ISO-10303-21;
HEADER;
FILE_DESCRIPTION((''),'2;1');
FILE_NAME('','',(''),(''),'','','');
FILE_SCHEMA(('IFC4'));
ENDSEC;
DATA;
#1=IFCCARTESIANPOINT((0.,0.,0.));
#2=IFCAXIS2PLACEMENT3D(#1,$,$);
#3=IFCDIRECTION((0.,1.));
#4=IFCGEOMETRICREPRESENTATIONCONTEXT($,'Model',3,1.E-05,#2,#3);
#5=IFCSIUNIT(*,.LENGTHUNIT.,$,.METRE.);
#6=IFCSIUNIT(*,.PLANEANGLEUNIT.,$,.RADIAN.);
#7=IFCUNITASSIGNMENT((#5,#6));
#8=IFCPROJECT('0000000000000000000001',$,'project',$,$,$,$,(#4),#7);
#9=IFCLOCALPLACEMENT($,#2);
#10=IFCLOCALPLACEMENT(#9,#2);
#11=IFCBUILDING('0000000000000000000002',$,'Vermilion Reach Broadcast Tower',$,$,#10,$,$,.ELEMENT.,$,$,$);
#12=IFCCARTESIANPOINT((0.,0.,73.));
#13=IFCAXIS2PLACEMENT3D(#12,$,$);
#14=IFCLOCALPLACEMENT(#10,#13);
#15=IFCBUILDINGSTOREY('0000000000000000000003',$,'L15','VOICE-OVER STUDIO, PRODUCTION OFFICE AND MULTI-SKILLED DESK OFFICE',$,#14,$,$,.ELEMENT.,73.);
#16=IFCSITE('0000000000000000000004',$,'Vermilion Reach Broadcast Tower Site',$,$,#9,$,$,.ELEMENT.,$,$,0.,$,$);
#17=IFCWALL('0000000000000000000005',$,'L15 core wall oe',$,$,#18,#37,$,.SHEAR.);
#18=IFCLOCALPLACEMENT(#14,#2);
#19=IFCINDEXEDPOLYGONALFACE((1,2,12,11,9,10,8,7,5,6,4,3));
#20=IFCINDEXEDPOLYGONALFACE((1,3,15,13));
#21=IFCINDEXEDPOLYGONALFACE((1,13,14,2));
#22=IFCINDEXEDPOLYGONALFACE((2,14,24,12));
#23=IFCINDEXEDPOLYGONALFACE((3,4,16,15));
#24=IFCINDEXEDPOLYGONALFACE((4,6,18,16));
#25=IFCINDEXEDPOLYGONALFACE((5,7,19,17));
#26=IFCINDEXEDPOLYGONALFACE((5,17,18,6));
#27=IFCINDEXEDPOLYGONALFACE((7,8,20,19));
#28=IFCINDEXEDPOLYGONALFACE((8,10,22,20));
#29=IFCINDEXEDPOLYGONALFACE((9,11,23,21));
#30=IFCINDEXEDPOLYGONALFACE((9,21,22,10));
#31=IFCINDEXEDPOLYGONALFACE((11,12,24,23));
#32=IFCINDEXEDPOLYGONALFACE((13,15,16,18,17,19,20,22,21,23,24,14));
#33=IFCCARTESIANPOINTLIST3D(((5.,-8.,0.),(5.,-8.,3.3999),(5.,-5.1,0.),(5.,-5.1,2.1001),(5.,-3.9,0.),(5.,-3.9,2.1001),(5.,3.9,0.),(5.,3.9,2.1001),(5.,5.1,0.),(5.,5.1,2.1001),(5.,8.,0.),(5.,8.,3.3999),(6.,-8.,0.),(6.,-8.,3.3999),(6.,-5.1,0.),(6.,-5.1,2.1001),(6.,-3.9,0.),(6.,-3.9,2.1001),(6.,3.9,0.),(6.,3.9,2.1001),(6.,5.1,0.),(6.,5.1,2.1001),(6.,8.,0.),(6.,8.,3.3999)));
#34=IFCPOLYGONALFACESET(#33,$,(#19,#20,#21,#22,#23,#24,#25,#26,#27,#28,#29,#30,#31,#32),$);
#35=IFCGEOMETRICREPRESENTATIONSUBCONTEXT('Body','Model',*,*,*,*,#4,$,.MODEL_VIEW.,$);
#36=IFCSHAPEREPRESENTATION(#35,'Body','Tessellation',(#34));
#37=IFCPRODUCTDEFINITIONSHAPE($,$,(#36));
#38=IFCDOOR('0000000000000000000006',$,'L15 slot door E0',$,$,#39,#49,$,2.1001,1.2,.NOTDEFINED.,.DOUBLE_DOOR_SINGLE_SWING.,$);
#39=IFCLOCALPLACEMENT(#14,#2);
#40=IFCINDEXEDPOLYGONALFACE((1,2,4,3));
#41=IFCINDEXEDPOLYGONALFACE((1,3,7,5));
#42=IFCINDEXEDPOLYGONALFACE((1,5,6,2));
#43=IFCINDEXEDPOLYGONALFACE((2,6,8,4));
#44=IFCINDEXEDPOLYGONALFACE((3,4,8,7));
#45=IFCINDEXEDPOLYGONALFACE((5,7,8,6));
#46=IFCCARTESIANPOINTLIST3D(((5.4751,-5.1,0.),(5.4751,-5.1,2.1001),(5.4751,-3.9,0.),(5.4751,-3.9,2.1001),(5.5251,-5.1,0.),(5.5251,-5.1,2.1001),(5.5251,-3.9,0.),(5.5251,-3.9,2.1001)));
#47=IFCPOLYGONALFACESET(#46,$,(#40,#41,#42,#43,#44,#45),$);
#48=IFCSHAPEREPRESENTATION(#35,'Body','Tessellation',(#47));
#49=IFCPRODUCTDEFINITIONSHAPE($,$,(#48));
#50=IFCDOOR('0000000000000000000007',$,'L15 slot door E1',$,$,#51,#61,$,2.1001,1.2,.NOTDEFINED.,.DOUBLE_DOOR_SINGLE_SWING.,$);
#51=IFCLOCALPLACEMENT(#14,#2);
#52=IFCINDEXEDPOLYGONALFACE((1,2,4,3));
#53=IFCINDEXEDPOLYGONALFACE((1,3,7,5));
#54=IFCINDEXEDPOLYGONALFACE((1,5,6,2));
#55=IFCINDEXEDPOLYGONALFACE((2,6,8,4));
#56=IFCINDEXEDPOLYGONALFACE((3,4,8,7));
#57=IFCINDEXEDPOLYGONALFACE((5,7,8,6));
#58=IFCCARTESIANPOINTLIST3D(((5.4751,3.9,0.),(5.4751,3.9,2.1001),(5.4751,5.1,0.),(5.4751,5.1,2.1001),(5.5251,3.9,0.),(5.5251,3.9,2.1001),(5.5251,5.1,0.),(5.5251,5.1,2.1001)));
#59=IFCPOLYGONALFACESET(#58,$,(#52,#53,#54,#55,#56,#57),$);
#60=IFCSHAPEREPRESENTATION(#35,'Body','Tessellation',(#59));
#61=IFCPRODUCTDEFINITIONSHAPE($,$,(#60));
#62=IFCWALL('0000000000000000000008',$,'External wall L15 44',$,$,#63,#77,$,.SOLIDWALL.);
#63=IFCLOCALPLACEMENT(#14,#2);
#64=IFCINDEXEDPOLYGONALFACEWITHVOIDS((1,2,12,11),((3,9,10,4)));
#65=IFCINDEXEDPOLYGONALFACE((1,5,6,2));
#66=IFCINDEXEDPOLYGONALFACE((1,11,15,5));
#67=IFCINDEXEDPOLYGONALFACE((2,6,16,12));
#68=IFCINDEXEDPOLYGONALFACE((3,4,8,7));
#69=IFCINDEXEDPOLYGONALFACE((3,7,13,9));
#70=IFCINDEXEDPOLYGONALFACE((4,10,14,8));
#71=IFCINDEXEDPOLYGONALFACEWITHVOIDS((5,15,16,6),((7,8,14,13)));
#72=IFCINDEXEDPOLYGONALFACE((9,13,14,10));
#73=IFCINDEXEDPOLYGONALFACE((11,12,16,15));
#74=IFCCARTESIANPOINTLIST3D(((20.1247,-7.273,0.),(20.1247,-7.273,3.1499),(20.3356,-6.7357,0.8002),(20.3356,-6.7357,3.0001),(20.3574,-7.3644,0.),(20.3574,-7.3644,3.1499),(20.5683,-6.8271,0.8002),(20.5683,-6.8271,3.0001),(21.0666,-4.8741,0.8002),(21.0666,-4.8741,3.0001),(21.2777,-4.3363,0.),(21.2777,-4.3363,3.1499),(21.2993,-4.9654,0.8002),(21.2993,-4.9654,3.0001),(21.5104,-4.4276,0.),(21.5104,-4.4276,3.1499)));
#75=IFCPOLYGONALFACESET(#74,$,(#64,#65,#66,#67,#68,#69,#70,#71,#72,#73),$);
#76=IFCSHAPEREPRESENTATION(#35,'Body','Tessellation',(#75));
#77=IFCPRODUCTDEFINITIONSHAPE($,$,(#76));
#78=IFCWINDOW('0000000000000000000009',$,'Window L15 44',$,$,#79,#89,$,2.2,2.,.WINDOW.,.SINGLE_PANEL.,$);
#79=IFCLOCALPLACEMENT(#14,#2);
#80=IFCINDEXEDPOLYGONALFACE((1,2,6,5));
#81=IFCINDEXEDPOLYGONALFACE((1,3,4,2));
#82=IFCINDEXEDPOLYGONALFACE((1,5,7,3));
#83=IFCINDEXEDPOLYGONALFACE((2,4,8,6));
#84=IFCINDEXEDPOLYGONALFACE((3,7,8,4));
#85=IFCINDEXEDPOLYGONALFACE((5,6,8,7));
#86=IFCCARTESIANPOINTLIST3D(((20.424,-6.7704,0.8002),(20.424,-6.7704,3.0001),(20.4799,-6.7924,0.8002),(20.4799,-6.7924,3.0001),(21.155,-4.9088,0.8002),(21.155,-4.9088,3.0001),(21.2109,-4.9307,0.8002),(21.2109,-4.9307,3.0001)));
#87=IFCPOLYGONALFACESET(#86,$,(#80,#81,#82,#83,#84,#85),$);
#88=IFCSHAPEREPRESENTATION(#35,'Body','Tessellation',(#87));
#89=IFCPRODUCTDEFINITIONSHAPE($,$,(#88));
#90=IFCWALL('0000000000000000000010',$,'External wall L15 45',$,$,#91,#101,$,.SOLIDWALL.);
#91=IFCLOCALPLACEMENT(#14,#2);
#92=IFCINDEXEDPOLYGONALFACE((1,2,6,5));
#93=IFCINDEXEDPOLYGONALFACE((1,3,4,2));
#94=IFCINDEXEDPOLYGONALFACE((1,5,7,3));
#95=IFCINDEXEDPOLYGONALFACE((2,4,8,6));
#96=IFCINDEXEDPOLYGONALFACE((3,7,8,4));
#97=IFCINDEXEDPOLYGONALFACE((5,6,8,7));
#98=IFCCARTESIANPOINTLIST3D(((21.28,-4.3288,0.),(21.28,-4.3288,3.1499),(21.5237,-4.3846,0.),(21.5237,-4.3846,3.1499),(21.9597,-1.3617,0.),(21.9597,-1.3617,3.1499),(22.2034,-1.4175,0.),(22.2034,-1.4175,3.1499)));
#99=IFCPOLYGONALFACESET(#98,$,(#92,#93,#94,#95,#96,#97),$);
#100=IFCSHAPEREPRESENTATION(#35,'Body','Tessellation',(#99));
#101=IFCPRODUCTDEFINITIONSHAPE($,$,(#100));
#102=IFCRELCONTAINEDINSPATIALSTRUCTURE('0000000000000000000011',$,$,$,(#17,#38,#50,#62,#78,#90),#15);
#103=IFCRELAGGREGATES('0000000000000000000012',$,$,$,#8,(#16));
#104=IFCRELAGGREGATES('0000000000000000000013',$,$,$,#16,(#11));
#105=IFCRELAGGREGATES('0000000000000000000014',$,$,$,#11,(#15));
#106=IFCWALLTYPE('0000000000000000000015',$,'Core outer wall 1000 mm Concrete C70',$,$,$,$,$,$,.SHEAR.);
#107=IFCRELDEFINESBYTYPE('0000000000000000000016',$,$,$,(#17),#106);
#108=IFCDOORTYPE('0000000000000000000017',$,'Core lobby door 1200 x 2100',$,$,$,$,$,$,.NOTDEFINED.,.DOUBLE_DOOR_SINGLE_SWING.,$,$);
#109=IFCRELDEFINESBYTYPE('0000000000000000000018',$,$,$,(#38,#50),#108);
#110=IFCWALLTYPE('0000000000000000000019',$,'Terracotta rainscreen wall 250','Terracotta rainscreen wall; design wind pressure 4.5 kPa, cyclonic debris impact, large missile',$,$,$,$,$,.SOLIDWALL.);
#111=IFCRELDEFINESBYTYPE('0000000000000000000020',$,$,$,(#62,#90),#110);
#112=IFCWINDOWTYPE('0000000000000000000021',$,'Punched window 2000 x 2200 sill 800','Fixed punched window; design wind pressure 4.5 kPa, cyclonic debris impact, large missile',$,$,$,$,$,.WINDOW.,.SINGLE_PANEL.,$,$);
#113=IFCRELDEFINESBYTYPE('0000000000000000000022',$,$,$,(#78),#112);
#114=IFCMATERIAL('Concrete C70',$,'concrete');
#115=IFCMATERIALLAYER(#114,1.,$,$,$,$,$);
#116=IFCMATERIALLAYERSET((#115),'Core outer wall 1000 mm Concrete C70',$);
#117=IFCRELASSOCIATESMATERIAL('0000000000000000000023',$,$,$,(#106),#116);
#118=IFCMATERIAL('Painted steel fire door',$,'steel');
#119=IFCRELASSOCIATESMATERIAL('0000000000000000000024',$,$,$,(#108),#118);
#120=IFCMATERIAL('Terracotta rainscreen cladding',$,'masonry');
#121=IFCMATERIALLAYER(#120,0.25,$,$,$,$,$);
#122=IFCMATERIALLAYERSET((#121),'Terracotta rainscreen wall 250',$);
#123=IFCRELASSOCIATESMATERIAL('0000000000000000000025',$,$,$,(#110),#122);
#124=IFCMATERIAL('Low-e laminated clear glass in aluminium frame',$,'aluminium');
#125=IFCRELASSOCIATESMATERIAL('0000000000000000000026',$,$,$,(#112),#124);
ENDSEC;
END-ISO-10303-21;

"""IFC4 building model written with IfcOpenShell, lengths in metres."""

from ifc_helpers import new_model, si_unit, direction, frame, frame_2d, origin, place, context, subcontext, project, spatial, rectangle, extrude, material, layer, layer_set, type_object, element, fill, save


model = new_model("IFC4")

# Units and contexts
model_context = context("Model", 3, precision=1e-05, world=origin(), true_north=direction((0.0, 1.0)))
body_context = subcontext(model_context, "Body", "Model", "MODEL_VIEW")
ifc_project = project(units=[si_unit("LENGTHUNIT", "METRE"), si_unit("PLANEANGLEUNIT", "RADIAN")], contexts=[model_context])

# Site, building, storey
site_placement = place(None, origin())
site = spatial("IfcSite", under=ifc_project, at=site_placement, Name="Vermilion Reach Broadcast Tower Site", CompositionType="ELEMENT", RefElevation=0.0)
building_placement = place(site_placement, origin())
building = spatial("IfcBuilding", under=site, at=building_placement, Name="Vermilion Reach Broadcast Tower", CompositionType="ELEMENT")
storey_placement = place(building_placement, frame((0.0, 0.0, 73.0)))
storey = spatial("IfcBuildingStorey", under=building, at=storey_placement, Name="L15", Description="VOICE-OVER STUDIO, PRODUCTION OFFICE AND MULTI-SKILLED DESK OFFICE", CompositionType="ELEMENT", Elevation=73.0)

# Wall, openings, doors
ifc_material_1 = material(Name="Concrete C70", Category="concrete")
ifc_layer_1 = layer(ifc_material_1, 1.0)
ifc_layer_set_1 = layer_set([ifc_layer_1], Name="Core outer wall 1000 mm Concrete C70")
wall_type_1 = type_object("IfcWallType", Name="Core outer wall 1000 mm Concrete C70", PredefinedType="SHEAR", material=ifc_layer_set_1)
wall_1_placement = place(storey_placement, frame((5.5, -8.0, 0.0), z_axis=(0.0, 0.0, 1.0), x_axis=(0.0, 1.0, 0.0)))
wall_1 = element("IfcWall", 1, at=wall_1_placement, inside=storey, type_object=wall_type_1, Name="L15 core wall oe", PredefinedType="SHEAR", context=body_context, shape_type="SweptSolid", body=[
    extrude(rectangle(XDim=16.0, YDim=1.0, at=frame_2d((8.0, 0.0))), origin(), (0.0, 0.0, 1.0), 3.3999),
])
opening_1_placement = place(wall_1_placement, frame((2.8999, 0.0, 0.0)))
opening_1 = element("IfcOpeningElement", 2, at=opening_1_placement, cuts=wall_1, PredefinedType="OPENING", context=body_context, shape_type="SweptSolid", body=[
    extrude(rectangle(XDim=1.2, YDim=2.1001, at=frame_2d((0.6001, 1.05))), frame((0.0, 0.51, 0.0), z_axis=(0.0, -1.0, 0.0), x_axis=(1.0, 0.0, 0.0)), (0.0, 0.0, 1.0), 1.02),
])
opening_2_placement = place(wall_1_placement, frame((11.8999, 0.0, 0.0)))
opening_2 = element("IfcOpeningElement", 3, at=opening_2_placement, cuts=wall_1, PredefinedType="OPENING", context=body_context, shape_type="SweptSolid", body=[
    extrude(rectangle(XDim=1.2, YDim=2.1001, at=frame_2d((0.6001, 1.05))), frame((0.0, 0.51, 0.0), z_axis=(0.0, -1.0, 0.0), x_axis=(1.0, 0.0, 0.0)), (0.0, 0.0, 1.0), 1.02),
])
ifc_material_2 = material(Name="Painted steel fire door", Category="steel")
door_type_1 = type_object("IfcDoorType", Name="Core lobby door 1200 x 2100", OperationType="DOUBLE_DOOR_SINGLE_SWING", PredefinedType="NOTDEFINED", material=ifc_material_2)
door_1_placement = place(opening_1_placement, origin())
door_1 = element("IfcDoor", 4, at=door_1_placement, inside=storey, type_object=door_type_1, Name="L15 slot door E0", OperationType="DOUBLE_DOOR_SINGLE_SWING", OverallHeight=2.1001, OverallWidth=1.2, PredefinedType="NOTDEFINED", context=body_context, shape_type="SweptSolid", body=[
    extrude(rectangle(XDim=1.2, YDim=2.1001, at=frame_2d((0.6001, 1.05))), frame((0.0, 0.0249, 0.0), z_axis=(0.0, -1.0, 0.0), x_axis=(1.0, 0.0, 0.0)), (0.0, 0.0, 1.0), 0.05),
])
fill(opening_1, door_1)
door_2_placement = place(opening_2_placement, origin())
door_2 = element("IfcDoor", 5, at=door_2_placement, inside=storey, type_object=door_type_1, Name="L15 slot door E1", OperationType="DOUBLE_DOOR_SINGLE_SWING", OverallHeight=2.1001, OverallWidth=1.2, PredefinedType="NOTDEFINED", context=body_context, shape_type="SweptSolid", body=[
    extrude(rectangle(XDim=1.2, YDim=2.1001, at=frame_2d((0.6001, 1.05))), frame((0.0, 0.0249, 0.0), z_axis=(0.0, -1.0, 0.0), x_axis=(1.0, 0.0, 0.0)), (0.0, 0.0, 1.0), 0.05),
])
fill(opening_2, door_2)

# Shared definitions
ifc_material_3 = material(Name="Terracotta rainscreen cladding", Category="masonry")
ifc_layer_2 = layer(ifc_material_3, 0.25)
ifc_layer_set_2 = layer_set([ifc_layer_2], Name="Terracotta rainscreen wall 250")
wall_type_2 = type_object("IfcWallType", Name="Terracotta rainscreen wall 250", Description="Terracotta rainscreen wall; design wind pressure 4.5 kPa, cyclonic debris impact, large missile", PredefinedType="SOLIDWALL", material=ifc_layer_set_2)

# Wall, opening, window
wall_2_placement = place(storey_placement, frame((20.241, -7.3188, 0.0), z_axis=(0.0, 0.0, 1.0), x_axis=(0.365473, 0.930822, 0.0)))
wall_2 = element("IfcWall", 6, at=wall_2_placement, inside=storey, type_object=wall_type_2, Name="External wall L15 44", PredefinedType="SOLIDWALL", context=body_context, shape_type="SweptSolid", body=[
    extrude(rectangle(XDim=3.155, YDim=0.25, at=frame_2d((1.5776, 0.0))), origin(), (0.0, 0.0, 1.0), 3.1499),
])
opening_3_placement = place(wall_2_placement, frame((0.5774, 0.0, 0.8)))
opening_3 = element("IfcOpeningElement", 7, at=opening_3_placement, cuts=wall_2, PredefinedType="OPENING", context=body_context, shape_type="SweptSolid", body=[
    extrude(rectangle(XDim=2.0, YDim=2.2, at=frame_2d((1.0, 1.1001))), frame((0.0, 0.135, 0.0), z_axis=(0.0, -1.0, 0.0), x_axis=(1.0, 0.0, 0.0)), (0.0, 0.0, 1.0), 0.27),
])
ifc_material_4 = material(Name="Low-e laminated clear glass in aluminium frame", Category="aluminium")
window_type = type_object("IfcWindowType", Name="Punched window 2000 x 2200 sill 800", Description="Fixed punched window; design wind pressure 4.5 kPa, cyclonic debris impact, large missile", PartitioningType="SINGLE_PANEL", PredefinedType="WINDOW", material=ifc_material_4)
window_placement = place(opening_3_placement, origin())
window = element("IfcWindow", 8, at=window_placement, inside=storey, type_object=window_type, Name="Window L15 44", OverallHeight=2.2, OverallWidth=2.0, PartitioningType="SINGLE_PANEL", PredefinedType="WINDOW", context=body_context, shape_type="SweptSolid", body=[
    extrude(rectangle(XDim=2.0, YDim=2.2, at=frame_2d((1.0, 1.1001))), frame((0.0, 0.03, 0.0), z_axis=(0.0, -1.0, 0.0), x_axis=(1.0, 0.0, 0.0)), (0.0, 0.0, 1.0), 0.0601),
])
fill(opening_3, window)

# Wall
wall_3_placement = place(storey_placement, frame((21.4019, -4.3567, 0.0), z_axis=(0.0, 0.0, 1.0), x_axis=(0.223295, 0.974751, 0.0)))
element("IfcWall", 9, at=wall_3_placement, inside=storey, type_object=wall_type_2, Name="External wall L15 45", PredefinedType="SOLIDWALL", context=body_context, shape_type="SweptSolid", body=[
    extrude(rectangle(XDim=3.0439, YDim=0.25, at=frame_2d((1.522, 0.0))), origin(), (0.0, 0.0, 1.0), 3.1499),
])

save(model, "model.ifc")
